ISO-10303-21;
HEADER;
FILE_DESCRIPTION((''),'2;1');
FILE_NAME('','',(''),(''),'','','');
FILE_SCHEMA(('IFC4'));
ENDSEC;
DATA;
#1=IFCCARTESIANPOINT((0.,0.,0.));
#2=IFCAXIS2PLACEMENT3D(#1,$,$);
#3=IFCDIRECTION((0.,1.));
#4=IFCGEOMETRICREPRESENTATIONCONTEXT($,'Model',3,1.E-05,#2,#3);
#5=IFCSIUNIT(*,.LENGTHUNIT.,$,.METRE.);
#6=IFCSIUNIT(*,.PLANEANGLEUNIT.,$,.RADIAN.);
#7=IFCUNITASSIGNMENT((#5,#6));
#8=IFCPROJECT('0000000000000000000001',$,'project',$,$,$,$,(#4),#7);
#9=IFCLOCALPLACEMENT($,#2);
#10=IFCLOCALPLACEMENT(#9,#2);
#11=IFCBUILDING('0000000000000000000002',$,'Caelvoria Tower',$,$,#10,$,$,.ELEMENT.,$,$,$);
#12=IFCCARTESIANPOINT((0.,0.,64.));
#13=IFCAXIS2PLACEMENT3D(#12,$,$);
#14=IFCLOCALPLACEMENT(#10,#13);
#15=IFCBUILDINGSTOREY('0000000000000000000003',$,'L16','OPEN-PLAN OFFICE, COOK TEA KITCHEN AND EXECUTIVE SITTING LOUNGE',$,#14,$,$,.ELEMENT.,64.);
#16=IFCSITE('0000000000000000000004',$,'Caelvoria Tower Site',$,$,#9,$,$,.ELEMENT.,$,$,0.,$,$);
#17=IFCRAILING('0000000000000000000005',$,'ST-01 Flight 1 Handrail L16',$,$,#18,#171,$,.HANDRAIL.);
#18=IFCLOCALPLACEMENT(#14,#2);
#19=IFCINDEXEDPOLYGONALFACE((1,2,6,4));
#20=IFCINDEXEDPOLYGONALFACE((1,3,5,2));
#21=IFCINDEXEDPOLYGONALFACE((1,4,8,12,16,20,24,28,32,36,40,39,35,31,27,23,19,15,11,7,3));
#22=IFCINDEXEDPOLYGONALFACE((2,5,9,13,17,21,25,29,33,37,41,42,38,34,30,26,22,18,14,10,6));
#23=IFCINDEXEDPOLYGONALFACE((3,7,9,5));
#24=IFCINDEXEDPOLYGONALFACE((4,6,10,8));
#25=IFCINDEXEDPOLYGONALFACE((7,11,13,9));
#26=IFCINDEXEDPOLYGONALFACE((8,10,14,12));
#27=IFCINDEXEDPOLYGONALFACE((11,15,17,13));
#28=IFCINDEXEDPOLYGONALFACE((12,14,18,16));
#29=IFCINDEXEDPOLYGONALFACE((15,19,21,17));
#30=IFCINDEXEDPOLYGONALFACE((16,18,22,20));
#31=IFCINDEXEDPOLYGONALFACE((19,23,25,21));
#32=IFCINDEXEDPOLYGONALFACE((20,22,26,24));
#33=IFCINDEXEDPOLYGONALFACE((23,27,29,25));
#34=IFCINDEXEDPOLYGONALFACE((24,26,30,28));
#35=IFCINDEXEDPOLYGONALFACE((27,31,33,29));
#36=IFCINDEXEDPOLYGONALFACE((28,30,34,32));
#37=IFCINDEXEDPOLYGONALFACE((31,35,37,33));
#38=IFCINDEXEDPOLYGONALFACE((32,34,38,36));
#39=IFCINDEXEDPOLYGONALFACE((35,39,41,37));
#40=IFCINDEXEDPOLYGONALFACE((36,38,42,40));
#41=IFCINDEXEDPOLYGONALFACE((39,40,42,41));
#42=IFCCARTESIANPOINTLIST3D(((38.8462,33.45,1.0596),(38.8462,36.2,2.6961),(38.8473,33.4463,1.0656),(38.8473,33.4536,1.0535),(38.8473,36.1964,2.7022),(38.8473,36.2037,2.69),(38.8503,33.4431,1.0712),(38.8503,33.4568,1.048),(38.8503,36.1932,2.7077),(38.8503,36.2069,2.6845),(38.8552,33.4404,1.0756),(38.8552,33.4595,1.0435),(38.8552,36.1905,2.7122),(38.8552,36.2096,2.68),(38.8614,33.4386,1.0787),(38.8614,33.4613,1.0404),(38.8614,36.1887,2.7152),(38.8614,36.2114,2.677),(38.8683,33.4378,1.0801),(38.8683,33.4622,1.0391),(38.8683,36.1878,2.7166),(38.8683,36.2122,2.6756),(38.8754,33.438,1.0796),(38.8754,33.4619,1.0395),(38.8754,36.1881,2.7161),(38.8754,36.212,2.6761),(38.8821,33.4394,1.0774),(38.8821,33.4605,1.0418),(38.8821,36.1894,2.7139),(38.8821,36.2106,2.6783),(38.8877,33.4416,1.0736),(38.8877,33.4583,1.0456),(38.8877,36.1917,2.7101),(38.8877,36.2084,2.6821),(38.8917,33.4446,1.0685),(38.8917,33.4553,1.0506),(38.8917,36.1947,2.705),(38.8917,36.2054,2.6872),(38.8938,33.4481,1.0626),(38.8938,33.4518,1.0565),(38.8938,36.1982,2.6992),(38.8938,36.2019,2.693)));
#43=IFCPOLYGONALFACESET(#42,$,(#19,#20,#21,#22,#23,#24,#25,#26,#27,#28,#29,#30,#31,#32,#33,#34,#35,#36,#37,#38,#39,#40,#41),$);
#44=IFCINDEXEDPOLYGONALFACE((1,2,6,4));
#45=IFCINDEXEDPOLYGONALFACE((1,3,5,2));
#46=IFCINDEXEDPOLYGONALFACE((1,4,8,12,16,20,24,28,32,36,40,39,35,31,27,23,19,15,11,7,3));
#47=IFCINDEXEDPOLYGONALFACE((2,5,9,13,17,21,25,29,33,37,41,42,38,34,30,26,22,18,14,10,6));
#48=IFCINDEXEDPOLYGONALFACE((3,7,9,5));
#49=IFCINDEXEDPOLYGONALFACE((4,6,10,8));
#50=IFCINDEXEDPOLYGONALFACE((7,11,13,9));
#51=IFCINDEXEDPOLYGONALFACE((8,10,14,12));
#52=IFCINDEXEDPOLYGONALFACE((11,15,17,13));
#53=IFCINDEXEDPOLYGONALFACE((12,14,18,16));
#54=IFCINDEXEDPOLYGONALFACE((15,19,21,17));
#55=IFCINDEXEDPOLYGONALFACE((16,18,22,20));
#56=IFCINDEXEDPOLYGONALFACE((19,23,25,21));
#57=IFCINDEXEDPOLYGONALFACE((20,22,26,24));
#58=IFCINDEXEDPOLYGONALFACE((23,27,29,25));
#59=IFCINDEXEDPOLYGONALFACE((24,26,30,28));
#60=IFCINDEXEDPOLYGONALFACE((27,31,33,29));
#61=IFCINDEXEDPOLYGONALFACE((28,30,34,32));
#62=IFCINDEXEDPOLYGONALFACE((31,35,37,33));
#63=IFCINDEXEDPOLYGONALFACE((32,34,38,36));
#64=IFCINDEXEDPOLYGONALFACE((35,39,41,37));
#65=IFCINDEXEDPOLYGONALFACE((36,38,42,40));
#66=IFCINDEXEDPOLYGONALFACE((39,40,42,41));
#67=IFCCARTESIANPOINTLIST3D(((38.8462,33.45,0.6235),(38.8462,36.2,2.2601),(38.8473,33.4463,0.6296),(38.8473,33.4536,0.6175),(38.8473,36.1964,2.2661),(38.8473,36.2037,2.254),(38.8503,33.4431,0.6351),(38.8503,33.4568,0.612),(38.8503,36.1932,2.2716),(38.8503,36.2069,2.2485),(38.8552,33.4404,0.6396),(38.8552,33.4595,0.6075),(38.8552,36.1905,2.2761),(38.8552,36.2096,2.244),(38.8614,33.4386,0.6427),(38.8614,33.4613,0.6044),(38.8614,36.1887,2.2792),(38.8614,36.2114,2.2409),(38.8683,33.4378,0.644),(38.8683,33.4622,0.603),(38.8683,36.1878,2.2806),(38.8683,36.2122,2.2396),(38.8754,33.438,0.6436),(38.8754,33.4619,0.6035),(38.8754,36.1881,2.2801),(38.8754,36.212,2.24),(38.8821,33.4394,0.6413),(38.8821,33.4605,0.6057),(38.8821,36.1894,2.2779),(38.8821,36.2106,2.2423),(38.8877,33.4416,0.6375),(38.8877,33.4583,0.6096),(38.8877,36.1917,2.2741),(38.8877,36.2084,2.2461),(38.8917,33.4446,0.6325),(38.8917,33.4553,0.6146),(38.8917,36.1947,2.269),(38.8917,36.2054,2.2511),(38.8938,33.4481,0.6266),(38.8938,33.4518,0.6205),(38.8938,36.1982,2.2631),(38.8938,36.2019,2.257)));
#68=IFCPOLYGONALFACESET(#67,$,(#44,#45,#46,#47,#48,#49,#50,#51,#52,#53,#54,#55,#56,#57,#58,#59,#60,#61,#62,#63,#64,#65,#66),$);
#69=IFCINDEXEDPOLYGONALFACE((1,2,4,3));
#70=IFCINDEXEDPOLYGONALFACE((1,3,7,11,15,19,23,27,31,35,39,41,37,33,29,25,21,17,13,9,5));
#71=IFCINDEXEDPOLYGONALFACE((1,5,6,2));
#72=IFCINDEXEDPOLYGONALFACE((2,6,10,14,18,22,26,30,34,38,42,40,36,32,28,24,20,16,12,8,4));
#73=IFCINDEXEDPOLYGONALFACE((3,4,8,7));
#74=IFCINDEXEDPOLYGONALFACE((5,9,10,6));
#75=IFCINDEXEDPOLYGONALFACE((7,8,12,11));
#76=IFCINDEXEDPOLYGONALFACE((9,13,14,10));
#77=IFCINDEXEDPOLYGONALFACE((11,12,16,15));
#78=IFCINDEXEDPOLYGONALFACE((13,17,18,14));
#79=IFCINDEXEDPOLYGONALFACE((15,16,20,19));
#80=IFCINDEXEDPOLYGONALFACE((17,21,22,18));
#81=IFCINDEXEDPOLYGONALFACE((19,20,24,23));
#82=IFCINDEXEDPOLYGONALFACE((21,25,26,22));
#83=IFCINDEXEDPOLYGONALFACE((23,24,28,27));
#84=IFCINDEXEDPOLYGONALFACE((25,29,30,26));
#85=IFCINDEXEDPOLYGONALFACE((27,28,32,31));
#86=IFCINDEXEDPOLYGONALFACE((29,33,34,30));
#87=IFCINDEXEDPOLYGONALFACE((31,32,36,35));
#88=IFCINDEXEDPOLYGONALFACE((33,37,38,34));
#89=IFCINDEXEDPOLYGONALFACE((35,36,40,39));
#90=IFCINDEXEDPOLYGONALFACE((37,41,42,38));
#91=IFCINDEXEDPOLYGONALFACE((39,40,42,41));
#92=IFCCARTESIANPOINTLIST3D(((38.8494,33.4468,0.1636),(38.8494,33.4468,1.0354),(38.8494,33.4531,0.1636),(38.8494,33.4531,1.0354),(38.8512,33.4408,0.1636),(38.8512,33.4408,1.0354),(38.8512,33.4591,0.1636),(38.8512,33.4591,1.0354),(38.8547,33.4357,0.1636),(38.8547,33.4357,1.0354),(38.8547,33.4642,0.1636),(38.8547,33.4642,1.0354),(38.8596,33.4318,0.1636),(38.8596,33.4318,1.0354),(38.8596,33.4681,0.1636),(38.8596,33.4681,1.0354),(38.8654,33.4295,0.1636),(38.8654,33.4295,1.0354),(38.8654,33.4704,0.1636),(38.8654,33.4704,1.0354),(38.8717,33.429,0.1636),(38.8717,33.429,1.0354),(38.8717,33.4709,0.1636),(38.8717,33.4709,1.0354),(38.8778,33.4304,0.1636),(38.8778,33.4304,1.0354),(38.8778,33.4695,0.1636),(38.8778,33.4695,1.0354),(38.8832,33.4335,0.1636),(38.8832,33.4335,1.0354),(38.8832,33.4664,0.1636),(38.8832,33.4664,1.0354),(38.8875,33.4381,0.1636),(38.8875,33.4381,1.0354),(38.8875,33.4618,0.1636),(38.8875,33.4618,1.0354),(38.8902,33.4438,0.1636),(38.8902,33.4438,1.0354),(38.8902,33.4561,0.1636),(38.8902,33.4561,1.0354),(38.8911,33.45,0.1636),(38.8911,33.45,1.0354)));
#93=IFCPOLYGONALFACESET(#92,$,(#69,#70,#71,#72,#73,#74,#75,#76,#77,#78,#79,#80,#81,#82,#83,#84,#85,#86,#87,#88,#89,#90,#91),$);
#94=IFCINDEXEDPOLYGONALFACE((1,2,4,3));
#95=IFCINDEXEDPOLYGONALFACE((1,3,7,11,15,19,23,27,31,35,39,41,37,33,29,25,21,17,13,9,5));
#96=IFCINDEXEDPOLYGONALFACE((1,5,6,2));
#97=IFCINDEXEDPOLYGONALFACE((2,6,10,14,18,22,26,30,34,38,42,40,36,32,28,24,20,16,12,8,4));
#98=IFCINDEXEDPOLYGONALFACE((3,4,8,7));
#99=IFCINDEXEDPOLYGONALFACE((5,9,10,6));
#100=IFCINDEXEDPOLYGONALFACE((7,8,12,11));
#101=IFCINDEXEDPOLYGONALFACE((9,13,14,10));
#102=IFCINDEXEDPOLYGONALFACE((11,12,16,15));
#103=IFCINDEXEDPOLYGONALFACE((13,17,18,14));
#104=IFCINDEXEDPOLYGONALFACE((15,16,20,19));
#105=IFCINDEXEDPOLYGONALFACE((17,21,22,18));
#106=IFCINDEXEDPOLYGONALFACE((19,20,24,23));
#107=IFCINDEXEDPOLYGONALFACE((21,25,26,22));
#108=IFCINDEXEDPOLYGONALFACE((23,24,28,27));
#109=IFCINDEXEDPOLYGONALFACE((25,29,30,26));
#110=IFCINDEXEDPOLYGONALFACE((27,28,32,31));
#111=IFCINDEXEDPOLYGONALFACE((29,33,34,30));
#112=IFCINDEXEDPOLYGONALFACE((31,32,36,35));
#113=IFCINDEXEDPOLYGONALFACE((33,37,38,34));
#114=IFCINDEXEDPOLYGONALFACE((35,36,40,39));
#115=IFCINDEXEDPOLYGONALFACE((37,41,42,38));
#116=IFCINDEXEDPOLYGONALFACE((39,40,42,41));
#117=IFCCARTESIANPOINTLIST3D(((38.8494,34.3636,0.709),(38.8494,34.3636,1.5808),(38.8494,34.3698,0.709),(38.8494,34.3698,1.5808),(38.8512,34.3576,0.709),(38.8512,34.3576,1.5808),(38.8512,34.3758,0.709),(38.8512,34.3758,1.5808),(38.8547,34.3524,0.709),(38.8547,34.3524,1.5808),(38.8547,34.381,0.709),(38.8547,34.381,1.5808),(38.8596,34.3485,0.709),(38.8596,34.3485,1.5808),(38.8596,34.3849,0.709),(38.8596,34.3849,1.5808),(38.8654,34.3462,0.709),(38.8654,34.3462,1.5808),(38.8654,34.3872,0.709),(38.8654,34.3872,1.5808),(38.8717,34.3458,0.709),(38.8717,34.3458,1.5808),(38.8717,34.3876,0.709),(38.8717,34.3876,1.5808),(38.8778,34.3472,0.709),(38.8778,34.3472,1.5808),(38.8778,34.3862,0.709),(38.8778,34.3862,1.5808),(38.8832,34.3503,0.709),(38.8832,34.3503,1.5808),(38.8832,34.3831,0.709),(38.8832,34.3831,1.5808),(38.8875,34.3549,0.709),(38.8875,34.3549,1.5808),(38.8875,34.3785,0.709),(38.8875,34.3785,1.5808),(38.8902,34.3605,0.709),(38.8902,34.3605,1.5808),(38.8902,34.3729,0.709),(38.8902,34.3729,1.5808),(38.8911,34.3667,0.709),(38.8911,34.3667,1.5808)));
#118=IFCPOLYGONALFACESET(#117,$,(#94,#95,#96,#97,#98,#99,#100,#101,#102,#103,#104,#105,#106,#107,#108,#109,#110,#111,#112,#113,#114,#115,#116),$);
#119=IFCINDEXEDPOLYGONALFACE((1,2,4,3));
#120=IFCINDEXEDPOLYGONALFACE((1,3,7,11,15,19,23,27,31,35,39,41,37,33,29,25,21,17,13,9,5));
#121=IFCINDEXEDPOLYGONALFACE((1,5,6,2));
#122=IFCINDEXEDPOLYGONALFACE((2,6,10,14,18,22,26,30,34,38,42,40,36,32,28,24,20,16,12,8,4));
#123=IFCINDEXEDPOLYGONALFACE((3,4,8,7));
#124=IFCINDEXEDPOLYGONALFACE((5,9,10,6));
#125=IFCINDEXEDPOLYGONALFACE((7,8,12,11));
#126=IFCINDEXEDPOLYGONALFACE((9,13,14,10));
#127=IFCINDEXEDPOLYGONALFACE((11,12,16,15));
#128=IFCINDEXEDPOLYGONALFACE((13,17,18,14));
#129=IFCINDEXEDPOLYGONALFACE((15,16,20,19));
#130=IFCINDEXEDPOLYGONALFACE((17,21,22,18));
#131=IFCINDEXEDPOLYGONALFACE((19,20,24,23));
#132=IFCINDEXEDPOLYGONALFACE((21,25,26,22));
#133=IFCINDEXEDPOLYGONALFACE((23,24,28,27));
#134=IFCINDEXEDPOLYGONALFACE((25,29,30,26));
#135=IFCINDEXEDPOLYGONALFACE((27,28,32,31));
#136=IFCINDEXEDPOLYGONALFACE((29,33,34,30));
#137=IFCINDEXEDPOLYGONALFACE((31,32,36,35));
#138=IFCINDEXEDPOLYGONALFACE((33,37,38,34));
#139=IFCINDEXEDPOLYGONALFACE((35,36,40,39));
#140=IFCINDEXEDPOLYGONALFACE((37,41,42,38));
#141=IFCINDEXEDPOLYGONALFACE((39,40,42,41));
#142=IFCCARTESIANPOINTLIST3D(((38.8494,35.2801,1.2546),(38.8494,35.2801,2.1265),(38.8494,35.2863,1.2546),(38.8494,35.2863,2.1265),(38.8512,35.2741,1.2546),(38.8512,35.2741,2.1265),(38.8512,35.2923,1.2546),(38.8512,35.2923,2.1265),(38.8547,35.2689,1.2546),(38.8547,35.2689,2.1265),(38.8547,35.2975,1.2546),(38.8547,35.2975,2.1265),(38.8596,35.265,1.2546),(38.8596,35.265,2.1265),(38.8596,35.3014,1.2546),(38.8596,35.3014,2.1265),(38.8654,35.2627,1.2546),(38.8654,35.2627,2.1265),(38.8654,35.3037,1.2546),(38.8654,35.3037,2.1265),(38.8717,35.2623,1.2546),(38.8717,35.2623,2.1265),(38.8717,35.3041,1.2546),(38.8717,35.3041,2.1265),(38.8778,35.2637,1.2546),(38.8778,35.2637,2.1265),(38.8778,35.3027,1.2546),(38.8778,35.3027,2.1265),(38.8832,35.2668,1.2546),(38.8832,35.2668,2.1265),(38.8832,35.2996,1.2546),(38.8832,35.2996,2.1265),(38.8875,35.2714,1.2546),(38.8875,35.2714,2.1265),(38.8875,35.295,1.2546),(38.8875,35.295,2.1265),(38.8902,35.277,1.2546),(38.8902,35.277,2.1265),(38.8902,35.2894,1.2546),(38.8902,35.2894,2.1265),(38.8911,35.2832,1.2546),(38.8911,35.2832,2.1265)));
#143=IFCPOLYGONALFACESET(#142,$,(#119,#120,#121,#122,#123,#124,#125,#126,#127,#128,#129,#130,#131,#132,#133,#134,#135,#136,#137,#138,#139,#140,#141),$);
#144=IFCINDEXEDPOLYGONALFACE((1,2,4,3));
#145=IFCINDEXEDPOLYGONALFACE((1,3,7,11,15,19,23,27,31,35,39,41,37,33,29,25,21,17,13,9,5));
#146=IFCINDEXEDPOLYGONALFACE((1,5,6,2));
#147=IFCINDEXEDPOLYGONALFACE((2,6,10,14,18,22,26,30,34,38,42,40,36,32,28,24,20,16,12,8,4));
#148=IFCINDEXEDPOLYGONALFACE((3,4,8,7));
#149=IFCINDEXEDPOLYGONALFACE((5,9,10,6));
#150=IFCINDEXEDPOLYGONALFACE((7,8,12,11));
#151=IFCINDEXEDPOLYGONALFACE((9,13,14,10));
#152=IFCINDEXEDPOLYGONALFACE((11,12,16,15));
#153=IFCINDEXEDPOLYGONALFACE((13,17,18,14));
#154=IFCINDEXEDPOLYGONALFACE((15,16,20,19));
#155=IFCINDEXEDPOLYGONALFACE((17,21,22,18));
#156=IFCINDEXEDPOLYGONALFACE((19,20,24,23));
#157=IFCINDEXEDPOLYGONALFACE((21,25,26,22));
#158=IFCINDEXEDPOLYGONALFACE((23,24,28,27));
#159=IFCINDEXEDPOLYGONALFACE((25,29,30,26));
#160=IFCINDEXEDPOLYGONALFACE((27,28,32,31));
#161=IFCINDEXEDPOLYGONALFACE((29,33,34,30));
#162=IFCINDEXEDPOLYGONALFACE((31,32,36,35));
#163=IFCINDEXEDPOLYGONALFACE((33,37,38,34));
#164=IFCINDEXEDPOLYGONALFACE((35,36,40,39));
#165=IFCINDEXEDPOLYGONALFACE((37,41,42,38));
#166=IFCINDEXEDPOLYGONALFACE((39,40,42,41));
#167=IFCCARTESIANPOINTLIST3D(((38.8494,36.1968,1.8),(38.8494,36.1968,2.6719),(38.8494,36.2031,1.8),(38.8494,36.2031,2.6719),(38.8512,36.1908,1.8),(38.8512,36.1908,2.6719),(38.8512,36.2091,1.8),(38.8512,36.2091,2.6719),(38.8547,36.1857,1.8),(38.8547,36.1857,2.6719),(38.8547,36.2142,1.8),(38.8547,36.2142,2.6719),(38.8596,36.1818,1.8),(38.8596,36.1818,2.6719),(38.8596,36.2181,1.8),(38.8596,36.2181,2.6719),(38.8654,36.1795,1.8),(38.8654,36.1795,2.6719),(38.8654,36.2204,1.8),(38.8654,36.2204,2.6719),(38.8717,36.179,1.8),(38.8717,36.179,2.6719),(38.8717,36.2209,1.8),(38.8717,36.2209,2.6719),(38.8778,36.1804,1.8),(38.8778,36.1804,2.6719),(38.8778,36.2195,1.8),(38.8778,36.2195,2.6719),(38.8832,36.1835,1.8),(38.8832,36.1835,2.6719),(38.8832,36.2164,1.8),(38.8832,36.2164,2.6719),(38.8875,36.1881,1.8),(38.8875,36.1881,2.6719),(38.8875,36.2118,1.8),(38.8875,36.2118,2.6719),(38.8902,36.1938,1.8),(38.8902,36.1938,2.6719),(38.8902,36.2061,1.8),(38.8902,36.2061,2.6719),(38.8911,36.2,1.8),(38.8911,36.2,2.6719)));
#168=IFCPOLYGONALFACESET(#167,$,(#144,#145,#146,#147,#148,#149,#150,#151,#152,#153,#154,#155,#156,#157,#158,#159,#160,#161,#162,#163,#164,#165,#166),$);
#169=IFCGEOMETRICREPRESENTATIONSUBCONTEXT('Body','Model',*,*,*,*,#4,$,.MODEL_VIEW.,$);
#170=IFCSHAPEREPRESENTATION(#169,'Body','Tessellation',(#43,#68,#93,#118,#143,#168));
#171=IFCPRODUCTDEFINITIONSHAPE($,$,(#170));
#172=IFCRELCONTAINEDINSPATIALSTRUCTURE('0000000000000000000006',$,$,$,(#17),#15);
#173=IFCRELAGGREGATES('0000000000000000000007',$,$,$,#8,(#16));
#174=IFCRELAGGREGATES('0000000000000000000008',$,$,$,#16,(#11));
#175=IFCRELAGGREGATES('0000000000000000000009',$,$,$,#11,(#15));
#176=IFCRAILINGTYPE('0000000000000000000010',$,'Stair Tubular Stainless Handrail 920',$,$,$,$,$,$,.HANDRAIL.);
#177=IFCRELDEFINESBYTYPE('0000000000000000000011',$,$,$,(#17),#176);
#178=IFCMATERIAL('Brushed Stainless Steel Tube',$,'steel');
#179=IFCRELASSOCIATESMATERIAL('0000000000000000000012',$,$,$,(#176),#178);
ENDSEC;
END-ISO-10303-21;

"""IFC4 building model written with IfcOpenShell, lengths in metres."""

from ifc_helpers import new_model, si_unit, direction, frame, origin, origin_2d, place, context, subcontext, project, spatial, circle, extrude, material, type_object, element, save


model = new_model("IFC4")

# Units and contexts
model_context = context("Model", 3, precision=1e-05, world=origin(), true_north=direction((0.0, 1.0)))
body_context = subcontext(model_context, "Body", "Model", "MODEL_VIEW")
ifc_project = project(units=[si_unit("LENGTHUNIT", "METRE"), si_unit("PLANEANGLEUNIT", "RADIAN")], contexts=[model_context])

# Site, building, storey
site_placement = place(None, origin())
site = spatial("IfcSite", under=ifc_project, at=site_placement, Name="Caelvoria Tower Site", CompositionType="ELEMENT", RefElevation=0.0)
building_placement = place(site_placement, origin())
building = spatial("IfcBuilding", under=site, at=building_placement, Name="Caelvoria Tower", CompositionType="ELEMENT")
storey_placement = place(building_placement, frame((0.0, 0.0, 64.0)))
storey = spatial("IfcBuildingStorey", under=building, at=storey_placement, Name="L16", Description="OPEN-PLAN OFFICE, COOK TEA KITCHEN AND EXECUTIVE SITTING LOUNGE", CompositionType="ELEMENT", Elevation=64.0)

# Railing
ifc_material_1 = material(Name="Brushed Stainless Steel Tube", Category="steel")
railing_type_1 = type_object("IfcRailingType", Name="Stair Tubular Stainless Handrail 920", PredefinedType="HANDRAIL", material=ifc_material_1)
railing_1_placement = place(storey_placement, frame((38.8701, 33.45, 0.1636)))
element("IfcRailing", 1, at=railing_1_placement, inside=storey, type_object=railing_type_1, Name="ST-01 Flight 1 Handrail L16", PredefinedType="HANDRAIL", context=body_context, shape_type="SweptSolid", body=[
    extrude(circle(Radius=0.0239, at=origin_2d()), frame((0.0, 0.0, 0.896), z_axis=(0.0, 0.859352, 0.511385), x_axis=(-1.0, 0.0, 0.0)), (0.0, 0.0, 1.0), 3.2002),
    extrude(circle(Radius=0.0239, at=origin_2d()), frame((0.0, 0.0, 0.46), z_axis=(0.0, 0.859352, 0.511385), x_axis=(-1.0, 0.0, 0.0)), (0.0, 0.0, 1.0), 3.2002),
    extrude(circle(Radius=0.021, at=origin_2d()), origin(), (0.0, 0.0, 1.0), 0.8718),
    extrude(circle(Radius=0.021, at=origin_2d()), frame((0.0, 0.9167, 0.5454)), (0.0, 0.0, 1.0), 0.8718),
    extrude(circle(Radius=0.021, at=origin_2d()), frame((0.0, 1.8333, 1.0911)), (0.0, 0.0, 1.0), 0.8718),
    extrude(circle(Radius=0.021, at=origin_2d()), frame((0.0, 2.75, 1.6365)), (0.0, 0.0, 1.0), 0.8718),
])

save(model, "model.ifc")
